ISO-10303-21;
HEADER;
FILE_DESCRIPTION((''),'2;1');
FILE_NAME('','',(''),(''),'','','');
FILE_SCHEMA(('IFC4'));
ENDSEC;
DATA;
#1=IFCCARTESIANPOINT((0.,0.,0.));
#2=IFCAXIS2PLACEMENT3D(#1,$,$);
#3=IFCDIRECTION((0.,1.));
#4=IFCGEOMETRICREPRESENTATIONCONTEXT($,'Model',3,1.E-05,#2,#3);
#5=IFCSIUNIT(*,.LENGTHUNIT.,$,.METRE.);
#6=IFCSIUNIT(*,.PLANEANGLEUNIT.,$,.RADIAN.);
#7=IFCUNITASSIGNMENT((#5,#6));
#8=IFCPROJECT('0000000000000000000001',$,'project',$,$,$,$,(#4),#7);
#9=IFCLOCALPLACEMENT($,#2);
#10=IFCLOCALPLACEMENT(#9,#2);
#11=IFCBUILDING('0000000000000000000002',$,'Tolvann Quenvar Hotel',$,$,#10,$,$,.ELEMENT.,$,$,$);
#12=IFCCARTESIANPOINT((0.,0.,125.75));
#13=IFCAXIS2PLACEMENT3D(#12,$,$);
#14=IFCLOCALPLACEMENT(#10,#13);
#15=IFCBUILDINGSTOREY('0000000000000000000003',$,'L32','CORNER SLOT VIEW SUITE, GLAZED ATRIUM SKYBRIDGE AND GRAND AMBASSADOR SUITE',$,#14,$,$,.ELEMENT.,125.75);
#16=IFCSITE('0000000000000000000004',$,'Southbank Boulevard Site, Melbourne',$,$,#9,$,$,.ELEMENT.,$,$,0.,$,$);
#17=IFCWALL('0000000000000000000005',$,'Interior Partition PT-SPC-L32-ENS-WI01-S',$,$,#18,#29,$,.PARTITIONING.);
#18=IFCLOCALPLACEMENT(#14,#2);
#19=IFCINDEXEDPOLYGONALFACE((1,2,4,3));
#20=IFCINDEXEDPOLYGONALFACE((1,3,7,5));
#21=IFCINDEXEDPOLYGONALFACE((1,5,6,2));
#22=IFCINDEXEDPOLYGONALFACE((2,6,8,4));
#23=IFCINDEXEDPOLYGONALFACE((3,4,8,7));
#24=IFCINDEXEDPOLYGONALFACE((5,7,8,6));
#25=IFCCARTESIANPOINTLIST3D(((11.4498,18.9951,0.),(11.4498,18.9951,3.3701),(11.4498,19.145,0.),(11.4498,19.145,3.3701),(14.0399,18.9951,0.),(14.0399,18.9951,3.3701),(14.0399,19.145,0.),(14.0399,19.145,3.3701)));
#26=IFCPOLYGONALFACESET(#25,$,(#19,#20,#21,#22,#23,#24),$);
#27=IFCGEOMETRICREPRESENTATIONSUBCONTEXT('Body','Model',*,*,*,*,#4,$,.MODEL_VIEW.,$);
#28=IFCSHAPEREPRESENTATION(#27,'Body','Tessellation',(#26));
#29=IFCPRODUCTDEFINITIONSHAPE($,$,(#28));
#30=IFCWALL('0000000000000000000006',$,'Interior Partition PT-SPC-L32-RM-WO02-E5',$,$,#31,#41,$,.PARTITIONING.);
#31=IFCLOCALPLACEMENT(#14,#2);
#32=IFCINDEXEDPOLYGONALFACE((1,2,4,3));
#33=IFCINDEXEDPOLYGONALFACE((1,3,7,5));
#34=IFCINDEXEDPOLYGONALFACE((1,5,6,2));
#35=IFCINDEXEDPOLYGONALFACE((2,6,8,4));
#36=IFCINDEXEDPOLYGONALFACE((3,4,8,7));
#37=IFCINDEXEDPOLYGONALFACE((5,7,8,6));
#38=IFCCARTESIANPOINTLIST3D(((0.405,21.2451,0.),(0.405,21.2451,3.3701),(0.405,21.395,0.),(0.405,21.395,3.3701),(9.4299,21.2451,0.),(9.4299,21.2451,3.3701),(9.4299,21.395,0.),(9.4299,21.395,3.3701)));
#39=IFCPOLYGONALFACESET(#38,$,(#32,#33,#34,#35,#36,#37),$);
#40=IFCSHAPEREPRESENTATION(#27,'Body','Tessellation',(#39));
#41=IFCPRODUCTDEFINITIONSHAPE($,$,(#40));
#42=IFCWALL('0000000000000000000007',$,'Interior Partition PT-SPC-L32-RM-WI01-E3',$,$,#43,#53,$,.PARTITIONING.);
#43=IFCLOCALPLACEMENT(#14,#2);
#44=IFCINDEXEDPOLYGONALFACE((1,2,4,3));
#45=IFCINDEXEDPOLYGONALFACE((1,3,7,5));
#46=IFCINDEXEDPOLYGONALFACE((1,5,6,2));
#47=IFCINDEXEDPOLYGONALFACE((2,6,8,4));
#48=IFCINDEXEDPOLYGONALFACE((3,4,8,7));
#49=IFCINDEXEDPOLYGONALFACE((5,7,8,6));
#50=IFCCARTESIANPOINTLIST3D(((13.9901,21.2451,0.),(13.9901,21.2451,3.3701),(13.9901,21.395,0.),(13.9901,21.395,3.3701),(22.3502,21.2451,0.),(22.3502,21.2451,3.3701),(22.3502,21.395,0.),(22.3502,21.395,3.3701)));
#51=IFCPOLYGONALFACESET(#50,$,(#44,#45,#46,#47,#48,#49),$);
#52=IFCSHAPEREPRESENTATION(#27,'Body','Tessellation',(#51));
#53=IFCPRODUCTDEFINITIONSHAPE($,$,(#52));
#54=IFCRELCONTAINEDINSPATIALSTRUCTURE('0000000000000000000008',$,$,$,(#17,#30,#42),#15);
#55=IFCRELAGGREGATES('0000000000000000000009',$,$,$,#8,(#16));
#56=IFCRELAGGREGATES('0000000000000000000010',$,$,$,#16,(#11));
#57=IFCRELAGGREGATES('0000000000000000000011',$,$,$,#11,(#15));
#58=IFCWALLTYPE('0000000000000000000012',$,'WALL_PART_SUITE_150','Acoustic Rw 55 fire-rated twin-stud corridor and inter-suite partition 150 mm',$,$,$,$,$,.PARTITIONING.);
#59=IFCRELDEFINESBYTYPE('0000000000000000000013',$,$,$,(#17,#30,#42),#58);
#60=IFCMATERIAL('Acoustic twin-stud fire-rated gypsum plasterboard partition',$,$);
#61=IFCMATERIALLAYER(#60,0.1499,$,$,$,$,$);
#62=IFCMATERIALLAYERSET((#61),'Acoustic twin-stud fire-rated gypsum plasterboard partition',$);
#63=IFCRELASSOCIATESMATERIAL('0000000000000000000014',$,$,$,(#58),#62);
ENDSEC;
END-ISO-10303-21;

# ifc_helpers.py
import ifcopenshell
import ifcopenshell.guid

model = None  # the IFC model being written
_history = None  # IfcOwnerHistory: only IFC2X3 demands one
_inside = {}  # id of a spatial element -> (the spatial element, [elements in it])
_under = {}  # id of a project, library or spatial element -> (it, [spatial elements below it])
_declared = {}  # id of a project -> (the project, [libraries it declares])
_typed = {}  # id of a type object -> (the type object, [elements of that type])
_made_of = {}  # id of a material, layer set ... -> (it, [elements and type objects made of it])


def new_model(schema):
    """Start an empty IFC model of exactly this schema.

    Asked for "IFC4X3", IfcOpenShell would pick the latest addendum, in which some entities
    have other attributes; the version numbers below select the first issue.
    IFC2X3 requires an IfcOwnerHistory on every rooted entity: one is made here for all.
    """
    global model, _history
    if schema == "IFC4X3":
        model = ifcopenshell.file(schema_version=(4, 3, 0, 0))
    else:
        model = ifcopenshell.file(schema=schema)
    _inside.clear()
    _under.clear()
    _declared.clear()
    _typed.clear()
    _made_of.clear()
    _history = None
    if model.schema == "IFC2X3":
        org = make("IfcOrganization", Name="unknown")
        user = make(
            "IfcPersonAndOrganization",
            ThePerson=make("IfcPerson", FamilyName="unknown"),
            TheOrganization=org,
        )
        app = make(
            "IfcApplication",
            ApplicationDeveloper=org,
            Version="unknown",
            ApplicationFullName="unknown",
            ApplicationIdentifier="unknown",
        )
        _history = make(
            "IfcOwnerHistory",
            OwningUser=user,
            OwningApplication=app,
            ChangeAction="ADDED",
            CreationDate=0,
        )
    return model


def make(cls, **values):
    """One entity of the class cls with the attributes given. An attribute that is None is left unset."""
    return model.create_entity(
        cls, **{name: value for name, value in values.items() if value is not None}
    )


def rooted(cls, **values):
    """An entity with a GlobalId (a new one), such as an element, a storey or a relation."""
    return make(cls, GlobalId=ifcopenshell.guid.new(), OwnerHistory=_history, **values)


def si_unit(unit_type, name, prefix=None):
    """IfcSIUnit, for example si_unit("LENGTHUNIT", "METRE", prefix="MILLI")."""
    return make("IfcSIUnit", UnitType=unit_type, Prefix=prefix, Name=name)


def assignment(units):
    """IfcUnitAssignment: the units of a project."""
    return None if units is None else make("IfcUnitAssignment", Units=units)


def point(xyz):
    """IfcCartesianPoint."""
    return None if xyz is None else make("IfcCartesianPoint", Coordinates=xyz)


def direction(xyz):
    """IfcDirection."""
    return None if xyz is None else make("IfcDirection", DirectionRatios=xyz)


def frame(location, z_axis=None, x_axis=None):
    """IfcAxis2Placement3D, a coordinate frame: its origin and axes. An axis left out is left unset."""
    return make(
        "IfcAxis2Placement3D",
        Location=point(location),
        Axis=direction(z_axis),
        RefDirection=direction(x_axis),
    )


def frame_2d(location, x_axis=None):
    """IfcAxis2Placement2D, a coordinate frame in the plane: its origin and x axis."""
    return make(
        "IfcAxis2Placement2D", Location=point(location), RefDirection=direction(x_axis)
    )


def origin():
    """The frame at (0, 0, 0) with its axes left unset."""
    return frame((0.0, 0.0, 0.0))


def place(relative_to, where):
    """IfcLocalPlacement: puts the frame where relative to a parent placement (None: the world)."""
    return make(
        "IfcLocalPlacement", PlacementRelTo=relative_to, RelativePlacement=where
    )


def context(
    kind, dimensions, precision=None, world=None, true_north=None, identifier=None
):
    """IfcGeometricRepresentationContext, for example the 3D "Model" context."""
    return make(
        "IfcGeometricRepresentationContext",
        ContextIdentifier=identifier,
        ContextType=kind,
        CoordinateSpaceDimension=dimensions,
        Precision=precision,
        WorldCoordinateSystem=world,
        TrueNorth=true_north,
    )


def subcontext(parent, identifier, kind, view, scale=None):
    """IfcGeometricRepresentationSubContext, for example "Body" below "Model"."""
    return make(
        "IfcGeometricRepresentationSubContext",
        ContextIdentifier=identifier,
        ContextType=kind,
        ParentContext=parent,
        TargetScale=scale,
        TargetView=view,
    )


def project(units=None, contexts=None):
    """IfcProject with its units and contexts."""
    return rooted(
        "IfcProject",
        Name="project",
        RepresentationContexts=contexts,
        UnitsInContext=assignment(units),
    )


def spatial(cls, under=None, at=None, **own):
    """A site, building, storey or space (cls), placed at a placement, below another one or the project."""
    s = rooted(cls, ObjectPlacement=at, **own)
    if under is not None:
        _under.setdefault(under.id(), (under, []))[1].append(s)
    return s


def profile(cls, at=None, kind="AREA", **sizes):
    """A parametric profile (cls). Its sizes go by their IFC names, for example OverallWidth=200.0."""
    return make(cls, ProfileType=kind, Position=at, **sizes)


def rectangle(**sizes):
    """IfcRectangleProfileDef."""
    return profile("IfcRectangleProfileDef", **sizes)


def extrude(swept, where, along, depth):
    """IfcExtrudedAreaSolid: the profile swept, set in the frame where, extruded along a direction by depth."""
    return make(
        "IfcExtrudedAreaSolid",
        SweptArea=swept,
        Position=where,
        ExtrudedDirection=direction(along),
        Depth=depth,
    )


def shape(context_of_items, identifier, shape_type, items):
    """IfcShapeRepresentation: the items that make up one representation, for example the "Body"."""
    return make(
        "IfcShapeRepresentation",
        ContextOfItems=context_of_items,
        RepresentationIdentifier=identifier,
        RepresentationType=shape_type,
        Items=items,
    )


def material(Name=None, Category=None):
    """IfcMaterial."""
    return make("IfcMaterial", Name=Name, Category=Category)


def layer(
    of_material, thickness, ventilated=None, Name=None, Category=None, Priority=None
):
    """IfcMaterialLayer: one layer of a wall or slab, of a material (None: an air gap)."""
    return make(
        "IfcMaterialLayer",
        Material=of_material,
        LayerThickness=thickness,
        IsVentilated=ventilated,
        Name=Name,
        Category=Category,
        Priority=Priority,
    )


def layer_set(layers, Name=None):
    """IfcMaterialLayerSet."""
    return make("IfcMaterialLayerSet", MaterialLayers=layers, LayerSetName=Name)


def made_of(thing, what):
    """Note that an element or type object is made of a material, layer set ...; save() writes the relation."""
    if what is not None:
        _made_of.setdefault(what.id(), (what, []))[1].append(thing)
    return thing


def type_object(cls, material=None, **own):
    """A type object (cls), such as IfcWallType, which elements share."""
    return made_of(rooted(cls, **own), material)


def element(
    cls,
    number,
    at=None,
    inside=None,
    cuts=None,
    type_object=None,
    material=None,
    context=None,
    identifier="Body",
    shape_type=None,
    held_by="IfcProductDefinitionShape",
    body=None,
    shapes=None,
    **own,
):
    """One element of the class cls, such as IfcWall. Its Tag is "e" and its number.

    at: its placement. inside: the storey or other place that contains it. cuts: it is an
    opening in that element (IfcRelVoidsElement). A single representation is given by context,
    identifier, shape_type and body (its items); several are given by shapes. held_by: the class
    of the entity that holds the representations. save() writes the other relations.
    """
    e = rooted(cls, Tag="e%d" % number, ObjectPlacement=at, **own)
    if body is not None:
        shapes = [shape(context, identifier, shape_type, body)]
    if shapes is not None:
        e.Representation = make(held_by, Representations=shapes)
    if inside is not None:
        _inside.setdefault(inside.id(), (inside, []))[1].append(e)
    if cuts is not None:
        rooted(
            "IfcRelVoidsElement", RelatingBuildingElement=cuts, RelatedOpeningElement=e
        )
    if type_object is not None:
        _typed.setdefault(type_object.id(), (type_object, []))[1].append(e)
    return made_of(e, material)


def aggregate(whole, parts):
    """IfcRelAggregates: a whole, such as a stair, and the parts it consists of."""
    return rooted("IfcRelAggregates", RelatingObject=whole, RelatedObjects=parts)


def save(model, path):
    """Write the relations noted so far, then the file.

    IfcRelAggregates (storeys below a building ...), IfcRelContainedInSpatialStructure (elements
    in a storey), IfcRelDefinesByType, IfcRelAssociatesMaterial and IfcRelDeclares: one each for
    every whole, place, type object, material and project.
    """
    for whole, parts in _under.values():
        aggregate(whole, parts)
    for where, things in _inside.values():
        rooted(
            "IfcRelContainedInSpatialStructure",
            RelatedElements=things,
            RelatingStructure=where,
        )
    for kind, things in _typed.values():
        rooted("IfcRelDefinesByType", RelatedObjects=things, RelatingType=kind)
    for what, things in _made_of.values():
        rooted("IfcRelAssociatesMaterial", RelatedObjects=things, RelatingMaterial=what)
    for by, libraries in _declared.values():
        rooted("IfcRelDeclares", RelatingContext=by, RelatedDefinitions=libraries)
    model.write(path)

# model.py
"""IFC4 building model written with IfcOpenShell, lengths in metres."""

from ifc_helpers import new_model, si_unit, direction, frame, frame_2d, origin, place, context, subcontext, project, spatial, rectangle, extrude, material, layer, layer_set, type_object, element, save


model = new_model("IFC4")

# Units and contexts
model_context = context("Model", 3, precision=1e-05, world=origin(), true_north=direction((0.0, 1.0)))
body_context = subcontext(model_context, "Body", "Model", "MODEL_VIEW")
ifc_project = project(units=[si_unit("LENGTHUNIT", "METRE"), si_unit("PLANEANGLEUNIT", "RADIAN")], contexts=[model_context])

# Site, building, storey
site_placement = place(None, origin())
site = spatial("IfcSite", under=ifc_project, at=site_placement, Name="Southbank Boulevard Site, Melbourne", CompositionType="ELEMENT", RefElevation=0.0)
building_placement = place(site_placement, origin())
building = spatial("IfcBuilding", under=site, at=building_placement, Name="Tolvann Quenvar Hotel", CompositionType="ELEMENT")
storey_placement = place(building_placement, frame((0.0, 0.0, 125.75)))
storey = spatial("IfcBuildingStorey", under=building, at=storey_placement, Name="L32", Description="CORNER SLOT VIEW SUITE, GLAZED ATRIUM SKYBRIDGE AND GRAND AMBASSADOR SUITE", CompositionType="ELEMENT", Elevation=125.75)

# Shared definitions
ifc_material_1 = material(Name="Acoustic twin-stud fire-rated gypsum plasterboard partition")

# Shared definitions
ifc_layer_1 = layer(ifc_material_1, 0.1499)
ifc_layer_set_1 = layer_set([ifc_layer_1], Name="Acoustic twin-stud fire-rated gypsum plasterboard partition")
wall_type_1 = type_object("IfcWallType", Name="WALL_PART_SUITE_150", Description="Acoustic Rw 55 fire-rated twin-stud corridor and inter-suite partition 150 mm", PredefinedType="PARTITIONING", material=ifc_layer_set_1)

# Walls
wall_1_placement = place(storey_placement, frame((11.45, 19.0701, 0.0), z_axis=(0.0, 0.0, 1.0), x_axis=(1.0, 0.0, 0.0)))
element("IfcWall", 1, at=wall_1_placement, inside=storey, type_object=wall_type_1, Name="Interior Partition PT-SPC-L32-ENS-WI01-S", PredefinedType="PARTITIONING", context=body_context, shape_type="SweptSolid", body=[
    extrude(rectangle(XDim=2.5901, YDim=0.1499, at=frame_2d((1.2949, 0.0))), origin(), (0.0, 0.0, 1.0), 3.3701),
])
wall_2_placement = place(storey_placement, frame((0.405, 21.3201, 0.0), z_axis=(0.0, 0.0, 1.0), x_axis=(1.0, 0.0, 0.0)))
element("IfcWall", 2, at=wall_2_placement, inside=storey, type_object=wall_type_1, Name="Interior Partition PT-SPC-L32-RM-WO02-E5", PredefinedType="PARTITIONING", context=body_context, shape_type="SweptSolid", body=[
    extrude(rectangle(XDim=9.0249, YDim=0.1499, at=frame_2d((4.5125, 0.0))), origin(), (0.0, 0.0, 1.0), 3.3701),
])
wall_3_placement = place(storey_placement, frame((13.99, 21.3201, 0.0), z_axis=(0.0, 0.0, 1.0), x_axis=(1.0, 0.0, 0.0)))
element("IfcWall", 3, at=wall_3_placement, inside=storey, type_object=wall_type_1, Name="Interior Partition PT-SPC-L32-RM-WI01-E3", PredefinedType="PARTITIONING", context=body_context, shape_type="SweptSolid", body=[
    extrude(rectangle(XDim=8.3601, YDim=0.1499, at=frame_2d((4.1802, 0.0))), origin(), (0.0, 0.0, 1.0), 3.3701),
])

save(model, "model.ifc")
